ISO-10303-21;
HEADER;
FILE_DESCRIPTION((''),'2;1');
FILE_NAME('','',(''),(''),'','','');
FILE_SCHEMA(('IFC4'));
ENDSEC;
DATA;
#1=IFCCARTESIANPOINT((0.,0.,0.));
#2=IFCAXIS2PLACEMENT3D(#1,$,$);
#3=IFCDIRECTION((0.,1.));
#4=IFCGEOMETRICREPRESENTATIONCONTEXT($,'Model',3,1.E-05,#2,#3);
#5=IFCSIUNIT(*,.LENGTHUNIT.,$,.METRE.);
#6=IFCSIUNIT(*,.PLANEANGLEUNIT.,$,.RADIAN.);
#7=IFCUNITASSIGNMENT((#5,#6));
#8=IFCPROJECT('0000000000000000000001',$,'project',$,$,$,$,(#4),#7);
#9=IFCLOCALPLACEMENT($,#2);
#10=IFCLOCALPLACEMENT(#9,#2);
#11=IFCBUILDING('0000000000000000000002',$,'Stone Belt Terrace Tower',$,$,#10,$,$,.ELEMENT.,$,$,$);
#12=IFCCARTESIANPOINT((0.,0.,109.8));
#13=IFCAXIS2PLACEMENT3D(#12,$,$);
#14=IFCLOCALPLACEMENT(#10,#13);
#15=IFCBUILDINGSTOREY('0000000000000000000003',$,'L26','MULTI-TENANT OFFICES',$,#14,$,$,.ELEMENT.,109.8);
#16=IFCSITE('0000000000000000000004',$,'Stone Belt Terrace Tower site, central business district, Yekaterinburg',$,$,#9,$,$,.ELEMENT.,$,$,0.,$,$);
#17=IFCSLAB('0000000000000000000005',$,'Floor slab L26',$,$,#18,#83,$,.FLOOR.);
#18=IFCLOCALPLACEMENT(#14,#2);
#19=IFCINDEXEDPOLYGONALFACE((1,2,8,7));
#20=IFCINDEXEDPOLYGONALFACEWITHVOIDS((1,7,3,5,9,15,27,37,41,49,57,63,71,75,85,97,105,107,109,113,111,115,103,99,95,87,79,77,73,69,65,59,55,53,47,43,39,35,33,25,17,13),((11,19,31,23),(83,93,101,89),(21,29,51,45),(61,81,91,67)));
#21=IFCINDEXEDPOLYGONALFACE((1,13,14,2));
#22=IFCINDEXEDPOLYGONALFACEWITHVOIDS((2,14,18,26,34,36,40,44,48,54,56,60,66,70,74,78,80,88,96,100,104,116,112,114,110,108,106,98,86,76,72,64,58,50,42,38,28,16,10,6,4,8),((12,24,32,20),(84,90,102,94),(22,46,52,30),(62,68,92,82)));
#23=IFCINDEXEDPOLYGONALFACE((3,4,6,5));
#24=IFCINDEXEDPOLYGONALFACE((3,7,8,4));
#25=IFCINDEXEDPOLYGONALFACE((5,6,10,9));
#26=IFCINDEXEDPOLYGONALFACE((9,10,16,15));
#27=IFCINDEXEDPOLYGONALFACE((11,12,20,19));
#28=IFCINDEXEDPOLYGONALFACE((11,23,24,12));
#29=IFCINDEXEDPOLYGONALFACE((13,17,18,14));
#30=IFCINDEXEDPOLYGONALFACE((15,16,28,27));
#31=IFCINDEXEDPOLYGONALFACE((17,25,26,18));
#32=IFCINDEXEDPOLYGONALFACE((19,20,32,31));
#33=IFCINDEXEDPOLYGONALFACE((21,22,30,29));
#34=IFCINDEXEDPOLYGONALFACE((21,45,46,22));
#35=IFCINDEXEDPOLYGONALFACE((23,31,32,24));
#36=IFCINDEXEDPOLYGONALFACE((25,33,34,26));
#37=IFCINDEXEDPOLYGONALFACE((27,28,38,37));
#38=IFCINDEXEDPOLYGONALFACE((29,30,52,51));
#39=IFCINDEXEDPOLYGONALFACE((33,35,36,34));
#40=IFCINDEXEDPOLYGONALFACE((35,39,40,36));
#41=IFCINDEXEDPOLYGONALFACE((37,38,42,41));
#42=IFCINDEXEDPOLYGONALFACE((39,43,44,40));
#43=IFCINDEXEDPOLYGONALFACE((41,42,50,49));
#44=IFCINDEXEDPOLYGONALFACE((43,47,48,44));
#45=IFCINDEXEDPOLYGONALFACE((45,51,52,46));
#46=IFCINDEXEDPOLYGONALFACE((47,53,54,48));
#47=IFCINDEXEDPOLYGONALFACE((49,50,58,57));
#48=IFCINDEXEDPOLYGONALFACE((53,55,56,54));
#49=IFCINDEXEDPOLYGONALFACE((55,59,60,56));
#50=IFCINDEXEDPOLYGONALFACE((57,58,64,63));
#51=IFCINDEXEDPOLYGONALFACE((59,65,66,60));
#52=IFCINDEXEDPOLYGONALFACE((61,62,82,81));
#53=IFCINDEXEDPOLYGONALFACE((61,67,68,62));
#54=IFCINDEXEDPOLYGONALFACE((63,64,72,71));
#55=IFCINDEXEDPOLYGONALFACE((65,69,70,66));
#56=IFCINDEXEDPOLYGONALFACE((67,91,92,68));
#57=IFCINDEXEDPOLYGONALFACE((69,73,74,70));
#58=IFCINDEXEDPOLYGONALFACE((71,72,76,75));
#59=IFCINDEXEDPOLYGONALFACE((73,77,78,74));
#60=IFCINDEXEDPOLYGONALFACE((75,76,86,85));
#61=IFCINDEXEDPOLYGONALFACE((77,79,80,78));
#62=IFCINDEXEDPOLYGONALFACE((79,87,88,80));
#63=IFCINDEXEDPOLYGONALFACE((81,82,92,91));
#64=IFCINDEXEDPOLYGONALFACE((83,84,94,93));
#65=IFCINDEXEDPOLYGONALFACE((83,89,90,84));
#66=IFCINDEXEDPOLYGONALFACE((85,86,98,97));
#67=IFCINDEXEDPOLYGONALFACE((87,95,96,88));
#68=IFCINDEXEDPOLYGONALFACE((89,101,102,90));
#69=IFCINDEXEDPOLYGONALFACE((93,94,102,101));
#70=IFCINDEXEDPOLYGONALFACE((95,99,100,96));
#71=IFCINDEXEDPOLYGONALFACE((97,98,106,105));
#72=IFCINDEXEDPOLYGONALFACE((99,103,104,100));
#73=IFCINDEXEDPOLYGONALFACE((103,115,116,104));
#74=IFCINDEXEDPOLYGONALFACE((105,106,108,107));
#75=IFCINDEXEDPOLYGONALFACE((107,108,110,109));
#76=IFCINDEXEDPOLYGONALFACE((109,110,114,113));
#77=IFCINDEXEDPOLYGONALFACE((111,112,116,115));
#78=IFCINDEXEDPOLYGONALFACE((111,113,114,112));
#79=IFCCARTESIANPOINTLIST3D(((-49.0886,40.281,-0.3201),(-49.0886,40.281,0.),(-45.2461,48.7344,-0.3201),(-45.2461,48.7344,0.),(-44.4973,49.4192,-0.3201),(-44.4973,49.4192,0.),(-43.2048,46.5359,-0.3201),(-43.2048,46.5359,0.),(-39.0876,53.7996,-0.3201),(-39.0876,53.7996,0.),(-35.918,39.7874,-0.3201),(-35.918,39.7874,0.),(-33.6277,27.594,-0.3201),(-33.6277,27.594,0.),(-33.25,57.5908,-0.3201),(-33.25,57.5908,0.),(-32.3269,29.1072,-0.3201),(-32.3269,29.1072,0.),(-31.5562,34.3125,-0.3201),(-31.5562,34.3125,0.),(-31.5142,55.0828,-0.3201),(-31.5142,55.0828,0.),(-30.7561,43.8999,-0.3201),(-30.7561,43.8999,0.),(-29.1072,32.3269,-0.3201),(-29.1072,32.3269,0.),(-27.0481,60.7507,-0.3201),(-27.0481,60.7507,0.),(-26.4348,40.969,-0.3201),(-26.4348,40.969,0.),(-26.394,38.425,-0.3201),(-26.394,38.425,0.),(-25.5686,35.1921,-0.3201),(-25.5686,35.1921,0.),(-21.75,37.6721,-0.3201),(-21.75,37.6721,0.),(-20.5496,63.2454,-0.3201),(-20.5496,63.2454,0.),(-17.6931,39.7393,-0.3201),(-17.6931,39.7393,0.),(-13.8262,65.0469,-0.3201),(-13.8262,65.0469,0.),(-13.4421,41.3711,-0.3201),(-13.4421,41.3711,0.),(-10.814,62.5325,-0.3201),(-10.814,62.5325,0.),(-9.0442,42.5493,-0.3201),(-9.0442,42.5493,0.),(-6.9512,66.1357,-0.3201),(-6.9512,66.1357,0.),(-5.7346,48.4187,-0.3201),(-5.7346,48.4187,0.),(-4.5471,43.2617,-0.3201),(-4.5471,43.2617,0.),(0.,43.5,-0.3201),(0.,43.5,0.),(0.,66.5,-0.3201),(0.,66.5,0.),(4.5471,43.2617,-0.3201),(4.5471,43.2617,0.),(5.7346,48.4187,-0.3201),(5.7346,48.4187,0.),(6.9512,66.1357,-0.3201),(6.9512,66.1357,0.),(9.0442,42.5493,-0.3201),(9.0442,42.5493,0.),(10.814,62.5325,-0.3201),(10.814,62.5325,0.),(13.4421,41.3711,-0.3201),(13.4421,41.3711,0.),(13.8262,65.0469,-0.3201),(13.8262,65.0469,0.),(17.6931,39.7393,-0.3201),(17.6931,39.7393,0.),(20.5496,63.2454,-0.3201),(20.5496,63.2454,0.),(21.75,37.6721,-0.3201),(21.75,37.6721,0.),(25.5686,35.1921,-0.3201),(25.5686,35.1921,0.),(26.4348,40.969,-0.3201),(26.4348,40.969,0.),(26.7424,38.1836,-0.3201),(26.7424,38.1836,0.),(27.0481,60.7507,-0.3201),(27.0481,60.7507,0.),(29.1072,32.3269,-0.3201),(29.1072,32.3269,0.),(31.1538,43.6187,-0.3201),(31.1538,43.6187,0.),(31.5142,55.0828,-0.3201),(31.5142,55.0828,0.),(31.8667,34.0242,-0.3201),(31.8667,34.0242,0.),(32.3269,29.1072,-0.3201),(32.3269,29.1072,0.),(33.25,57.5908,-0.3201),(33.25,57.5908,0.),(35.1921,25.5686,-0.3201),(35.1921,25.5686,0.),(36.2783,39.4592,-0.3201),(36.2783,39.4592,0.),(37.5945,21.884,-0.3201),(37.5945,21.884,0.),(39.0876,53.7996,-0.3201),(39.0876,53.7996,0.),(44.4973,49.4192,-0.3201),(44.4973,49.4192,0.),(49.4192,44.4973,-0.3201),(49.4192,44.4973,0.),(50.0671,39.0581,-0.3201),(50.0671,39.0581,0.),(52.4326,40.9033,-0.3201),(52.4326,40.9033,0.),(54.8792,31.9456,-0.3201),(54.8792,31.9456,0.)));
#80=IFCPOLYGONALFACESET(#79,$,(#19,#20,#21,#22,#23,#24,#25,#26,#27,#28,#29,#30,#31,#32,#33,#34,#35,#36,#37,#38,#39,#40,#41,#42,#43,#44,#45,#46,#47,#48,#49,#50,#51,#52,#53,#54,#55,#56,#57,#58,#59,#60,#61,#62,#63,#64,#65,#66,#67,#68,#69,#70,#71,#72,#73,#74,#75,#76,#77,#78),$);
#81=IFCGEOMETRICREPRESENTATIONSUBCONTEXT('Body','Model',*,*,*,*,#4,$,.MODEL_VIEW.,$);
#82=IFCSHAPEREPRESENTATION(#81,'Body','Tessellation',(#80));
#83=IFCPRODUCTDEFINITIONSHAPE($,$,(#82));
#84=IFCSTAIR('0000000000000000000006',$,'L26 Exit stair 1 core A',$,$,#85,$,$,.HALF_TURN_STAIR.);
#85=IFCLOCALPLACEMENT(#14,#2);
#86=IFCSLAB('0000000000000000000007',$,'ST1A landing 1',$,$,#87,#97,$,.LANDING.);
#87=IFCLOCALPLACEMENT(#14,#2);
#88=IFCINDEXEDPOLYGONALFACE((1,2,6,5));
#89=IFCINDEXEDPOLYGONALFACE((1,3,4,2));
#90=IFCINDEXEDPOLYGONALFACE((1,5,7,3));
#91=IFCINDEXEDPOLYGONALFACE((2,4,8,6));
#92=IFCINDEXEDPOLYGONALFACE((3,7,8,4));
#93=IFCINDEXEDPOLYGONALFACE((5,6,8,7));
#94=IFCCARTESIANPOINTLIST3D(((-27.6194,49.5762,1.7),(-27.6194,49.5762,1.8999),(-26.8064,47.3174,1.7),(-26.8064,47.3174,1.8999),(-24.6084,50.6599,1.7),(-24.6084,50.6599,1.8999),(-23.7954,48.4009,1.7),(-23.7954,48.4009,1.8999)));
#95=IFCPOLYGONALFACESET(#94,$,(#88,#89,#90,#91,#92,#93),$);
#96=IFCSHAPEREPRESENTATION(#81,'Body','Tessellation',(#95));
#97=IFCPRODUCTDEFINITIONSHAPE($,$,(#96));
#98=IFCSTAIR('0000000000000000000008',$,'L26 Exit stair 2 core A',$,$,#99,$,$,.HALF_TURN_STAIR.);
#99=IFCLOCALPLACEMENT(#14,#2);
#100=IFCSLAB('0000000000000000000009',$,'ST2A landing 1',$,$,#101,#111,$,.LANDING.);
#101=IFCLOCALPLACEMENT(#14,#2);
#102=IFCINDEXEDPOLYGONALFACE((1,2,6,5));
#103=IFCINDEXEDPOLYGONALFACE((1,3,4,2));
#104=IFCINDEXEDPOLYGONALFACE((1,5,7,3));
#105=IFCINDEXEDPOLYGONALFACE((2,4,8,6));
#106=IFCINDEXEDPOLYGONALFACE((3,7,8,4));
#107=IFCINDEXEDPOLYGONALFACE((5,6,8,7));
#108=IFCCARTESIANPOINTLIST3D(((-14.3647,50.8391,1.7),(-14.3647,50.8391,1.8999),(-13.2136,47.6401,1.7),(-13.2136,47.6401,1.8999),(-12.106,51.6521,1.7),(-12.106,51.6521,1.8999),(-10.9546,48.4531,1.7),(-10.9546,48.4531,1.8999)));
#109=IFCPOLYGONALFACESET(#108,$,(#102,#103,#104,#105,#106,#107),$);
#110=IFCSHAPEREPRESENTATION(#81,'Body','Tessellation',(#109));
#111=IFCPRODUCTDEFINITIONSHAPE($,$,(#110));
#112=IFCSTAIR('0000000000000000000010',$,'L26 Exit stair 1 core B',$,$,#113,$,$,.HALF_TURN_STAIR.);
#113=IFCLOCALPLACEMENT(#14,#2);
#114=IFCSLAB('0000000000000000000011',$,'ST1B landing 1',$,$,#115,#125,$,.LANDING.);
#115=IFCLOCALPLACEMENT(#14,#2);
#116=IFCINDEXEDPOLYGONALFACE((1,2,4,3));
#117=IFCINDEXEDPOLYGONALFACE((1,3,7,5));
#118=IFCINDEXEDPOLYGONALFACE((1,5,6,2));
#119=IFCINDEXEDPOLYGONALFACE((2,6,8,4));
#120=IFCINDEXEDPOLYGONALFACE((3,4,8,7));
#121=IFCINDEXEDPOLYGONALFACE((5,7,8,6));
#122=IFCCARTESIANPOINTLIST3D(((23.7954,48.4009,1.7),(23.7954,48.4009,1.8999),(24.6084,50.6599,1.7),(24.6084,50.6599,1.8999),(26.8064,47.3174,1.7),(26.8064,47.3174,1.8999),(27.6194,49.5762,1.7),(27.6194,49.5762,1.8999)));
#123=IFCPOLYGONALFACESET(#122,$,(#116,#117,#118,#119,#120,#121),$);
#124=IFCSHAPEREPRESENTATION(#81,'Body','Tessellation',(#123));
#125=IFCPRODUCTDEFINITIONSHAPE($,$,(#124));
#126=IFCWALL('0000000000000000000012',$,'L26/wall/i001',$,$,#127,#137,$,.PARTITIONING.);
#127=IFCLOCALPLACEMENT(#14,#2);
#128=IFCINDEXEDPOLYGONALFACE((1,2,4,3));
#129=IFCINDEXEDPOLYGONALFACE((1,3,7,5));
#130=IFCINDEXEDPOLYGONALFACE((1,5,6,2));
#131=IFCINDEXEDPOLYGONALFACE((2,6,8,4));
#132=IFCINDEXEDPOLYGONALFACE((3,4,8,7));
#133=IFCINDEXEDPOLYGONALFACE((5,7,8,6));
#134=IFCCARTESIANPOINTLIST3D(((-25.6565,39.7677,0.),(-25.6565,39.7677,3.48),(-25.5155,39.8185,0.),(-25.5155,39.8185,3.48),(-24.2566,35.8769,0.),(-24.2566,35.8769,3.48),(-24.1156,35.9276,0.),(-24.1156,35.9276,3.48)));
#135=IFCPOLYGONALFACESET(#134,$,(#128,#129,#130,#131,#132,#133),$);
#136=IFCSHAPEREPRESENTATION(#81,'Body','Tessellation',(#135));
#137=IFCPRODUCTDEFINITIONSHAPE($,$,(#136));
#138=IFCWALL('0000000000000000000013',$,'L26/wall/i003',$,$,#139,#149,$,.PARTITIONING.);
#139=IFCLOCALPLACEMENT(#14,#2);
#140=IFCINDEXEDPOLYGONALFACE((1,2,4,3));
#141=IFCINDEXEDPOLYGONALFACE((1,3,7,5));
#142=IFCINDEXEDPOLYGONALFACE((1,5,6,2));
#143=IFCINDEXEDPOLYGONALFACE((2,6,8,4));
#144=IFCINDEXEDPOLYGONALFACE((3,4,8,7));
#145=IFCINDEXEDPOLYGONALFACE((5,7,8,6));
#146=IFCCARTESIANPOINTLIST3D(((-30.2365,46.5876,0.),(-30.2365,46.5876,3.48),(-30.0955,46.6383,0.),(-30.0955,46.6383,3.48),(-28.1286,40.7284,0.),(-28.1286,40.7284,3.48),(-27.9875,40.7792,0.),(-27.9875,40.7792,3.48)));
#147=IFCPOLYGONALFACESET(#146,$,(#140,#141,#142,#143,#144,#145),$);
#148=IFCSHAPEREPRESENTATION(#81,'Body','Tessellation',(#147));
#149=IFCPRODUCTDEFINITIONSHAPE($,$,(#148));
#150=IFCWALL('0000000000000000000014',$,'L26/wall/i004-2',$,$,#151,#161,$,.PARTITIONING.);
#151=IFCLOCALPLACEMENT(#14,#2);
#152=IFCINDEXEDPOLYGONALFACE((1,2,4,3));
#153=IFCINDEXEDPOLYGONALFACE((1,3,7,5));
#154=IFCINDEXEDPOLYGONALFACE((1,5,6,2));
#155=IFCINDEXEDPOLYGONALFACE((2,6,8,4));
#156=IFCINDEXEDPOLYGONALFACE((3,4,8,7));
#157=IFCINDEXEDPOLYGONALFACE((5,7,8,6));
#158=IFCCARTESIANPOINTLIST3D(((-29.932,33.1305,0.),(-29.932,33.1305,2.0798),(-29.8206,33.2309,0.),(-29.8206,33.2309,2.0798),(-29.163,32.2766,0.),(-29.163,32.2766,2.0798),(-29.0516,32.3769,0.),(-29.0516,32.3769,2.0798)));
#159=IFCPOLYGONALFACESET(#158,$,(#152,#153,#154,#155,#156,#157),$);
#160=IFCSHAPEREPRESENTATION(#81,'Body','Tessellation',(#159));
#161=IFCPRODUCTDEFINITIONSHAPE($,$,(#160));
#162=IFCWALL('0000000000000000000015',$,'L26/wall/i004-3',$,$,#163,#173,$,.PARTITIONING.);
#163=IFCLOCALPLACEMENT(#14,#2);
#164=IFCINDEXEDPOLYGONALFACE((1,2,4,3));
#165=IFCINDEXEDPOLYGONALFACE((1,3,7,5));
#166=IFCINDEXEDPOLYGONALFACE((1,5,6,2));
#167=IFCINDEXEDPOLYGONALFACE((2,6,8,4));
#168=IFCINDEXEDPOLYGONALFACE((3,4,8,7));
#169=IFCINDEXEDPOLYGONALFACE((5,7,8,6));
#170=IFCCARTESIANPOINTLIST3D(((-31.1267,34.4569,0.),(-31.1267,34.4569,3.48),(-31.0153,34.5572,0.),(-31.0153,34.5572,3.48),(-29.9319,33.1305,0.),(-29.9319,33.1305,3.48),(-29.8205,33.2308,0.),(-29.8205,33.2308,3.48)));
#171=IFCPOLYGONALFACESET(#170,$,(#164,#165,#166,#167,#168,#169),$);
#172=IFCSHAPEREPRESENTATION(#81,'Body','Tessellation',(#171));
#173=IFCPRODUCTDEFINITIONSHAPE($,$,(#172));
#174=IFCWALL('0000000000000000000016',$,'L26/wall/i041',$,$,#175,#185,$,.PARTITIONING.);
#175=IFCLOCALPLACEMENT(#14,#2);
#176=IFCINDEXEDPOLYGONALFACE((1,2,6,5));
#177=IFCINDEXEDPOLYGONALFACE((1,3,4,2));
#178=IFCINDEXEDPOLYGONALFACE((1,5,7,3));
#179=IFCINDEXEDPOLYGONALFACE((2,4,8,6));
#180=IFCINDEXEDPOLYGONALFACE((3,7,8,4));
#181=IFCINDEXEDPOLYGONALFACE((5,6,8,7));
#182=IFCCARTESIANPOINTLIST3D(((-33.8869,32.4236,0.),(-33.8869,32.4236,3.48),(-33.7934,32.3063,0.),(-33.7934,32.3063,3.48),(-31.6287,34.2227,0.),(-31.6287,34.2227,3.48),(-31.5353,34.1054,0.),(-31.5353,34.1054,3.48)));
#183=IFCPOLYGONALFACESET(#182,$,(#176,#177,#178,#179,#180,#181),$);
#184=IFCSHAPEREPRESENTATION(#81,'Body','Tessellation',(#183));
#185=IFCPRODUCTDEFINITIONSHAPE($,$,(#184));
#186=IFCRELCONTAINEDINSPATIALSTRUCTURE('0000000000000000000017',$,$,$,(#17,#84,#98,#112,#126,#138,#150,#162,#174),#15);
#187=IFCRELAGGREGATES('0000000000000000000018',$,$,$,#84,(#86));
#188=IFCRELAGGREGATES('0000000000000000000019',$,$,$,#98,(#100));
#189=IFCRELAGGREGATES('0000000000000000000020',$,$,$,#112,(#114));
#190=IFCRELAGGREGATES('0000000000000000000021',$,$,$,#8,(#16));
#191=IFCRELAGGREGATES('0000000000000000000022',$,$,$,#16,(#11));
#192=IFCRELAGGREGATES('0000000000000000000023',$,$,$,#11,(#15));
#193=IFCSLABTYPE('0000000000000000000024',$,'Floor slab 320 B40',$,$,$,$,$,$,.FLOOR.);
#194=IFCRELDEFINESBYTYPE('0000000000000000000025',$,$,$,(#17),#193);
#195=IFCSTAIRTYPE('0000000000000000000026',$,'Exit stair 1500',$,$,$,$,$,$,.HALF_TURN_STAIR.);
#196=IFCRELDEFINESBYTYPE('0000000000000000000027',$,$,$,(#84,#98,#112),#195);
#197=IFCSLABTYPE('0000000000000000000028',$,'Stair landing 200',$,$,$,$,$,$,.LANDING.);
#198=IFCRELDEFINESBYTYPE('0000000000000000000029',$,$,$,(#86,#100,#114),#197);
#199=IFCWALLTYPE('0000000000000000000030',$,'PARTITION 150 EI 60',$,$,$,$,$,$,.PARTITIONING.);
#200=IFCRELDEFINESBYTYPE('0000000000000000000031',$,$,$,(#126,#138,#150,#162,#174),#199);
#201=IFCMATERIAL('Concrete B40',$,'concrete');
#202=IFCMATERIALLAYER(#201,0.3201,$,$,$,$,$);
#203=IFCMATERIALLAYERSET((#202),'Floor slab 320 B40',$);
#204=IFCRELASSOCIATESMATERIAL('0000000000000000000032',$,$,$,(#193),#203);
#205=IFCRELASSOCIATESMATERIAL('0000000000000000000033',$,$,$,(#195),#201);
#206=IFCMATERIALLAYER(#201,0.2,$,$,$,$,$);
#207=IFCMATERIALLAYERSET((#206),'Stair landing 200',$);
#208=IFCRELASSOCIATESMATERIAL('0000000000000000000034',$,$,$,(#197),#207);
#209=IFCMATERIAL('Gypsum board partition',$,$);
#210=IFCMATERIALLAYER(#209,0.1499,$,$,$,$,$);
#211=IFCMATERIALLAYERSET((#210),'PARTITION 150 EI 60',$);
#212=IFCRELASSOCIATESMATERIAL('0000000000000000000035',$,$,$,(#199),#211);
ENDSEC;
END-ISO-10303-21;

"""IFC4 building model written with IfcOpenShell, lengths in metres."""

from ifc_helpers import new_model, si_unit, direction, frame, frame_2d, origin, place, context, subcontext, project, spatial, polyline, rectangle, outline, extrude, material, layer, layer_set, type_object, element, aggregate, save


model = new_model("IFC4")

# Units and contexts
model_context = context("Model", 3, precision=1e-05, world=origin(), true_north=direction((0.0, 1.0)))
body_context = subcontext(model_context, "Body", "Model", "MODEL_VIEW")
ifc_project = project(units=[si_unit("LENGTHUNIT", "METRE"), si_unit("PLANEANGLEUNIT", "RADIAN")], contexts=[model_context])

# Site, building, storey
site_placement = place(None, origin())
site = spatial("IfcSite", under=ifc_project, at=site_placement, Name="Stone Belt Terrace Tower site, central business district, Yekaterinburg", CompositionType="ELEMENT", RefElevation=0.0)
building_placement = place(site_placement, origin())
building = spatial("IfcBuilding", under=site, at=building_placement, Name="Stone Belt Terrace Tower", CompositionType="ELEMENT")
storey_placement = place(building_placement, frame((0.0, 0.0, 109.8)))
storey = spatial("IfcBuildingStorey", under=building, at=storey_placement, Name="L26", Description="MULTI-TENANT OFFICES", CompositionType="ELEMENT", Elevation=109.8)

# Slab
ifc_material_1 = material(Name="Concrete B40", Category="concrete")
ifc_layer_1 = layer(ifc_material_1, 0.3201)
ifc_layer_set_1 = layer_set([ifc_layer_1], Name="Floor slab 320 B40")
slab_type_1 = type_object("IfcSlabType", Name="Floor slab 320 B40", PredefinedType="FLOOR", material=ifc_layer_set_1)
slab_1_placement = place(storey_placement, frame((0.0, 0.0, -0.3201)))
element("IfcSlab", 1, at=slab_1_placement, inside=storey, type_object=slab_type_1, Name="Floor slab L26", PredefinedType="FLOOR", context=body_context, shape_type="SweptSolid", body=[
    extrude(outline(polyline([(-44.4973, 49.4192), (-39.0876, 53.7996), (-33.25, 57.5908), (-27.0481, 60.7507), (-20.5496, 63.2454), (-13.8262, 65.0469), (-6.9512, 66.1357), (0.0, 66.5), (6.9512, 66.1357), (13.8262, 65.0469), (20.5496, 63.2454), (27.0481, 60.7507), (33.25, 57.5908), (39.0876, 53.7996), (44.4973, 49.4192), (49.4192, 44.4973), (52.4326, 40.9033), (50.0671, 39.0581), (54.8792, 31.9456), (37.5945, 21.884), (35.1921, 25.5686), (32.3269, 29.1072), (29.1072, 32.3269), (25.5686, 35.1921), (21.75, 37.6721), (17.6931, 39.7393), (13.4421, 41.3711), (9.0442, 42.5493), (4.5471, 43.2617), (0.0, 43.5), (-4.5471, 43.2617), (-9.0442, 42.5493), (-13.4421, 41.3711), (-17.6931, 39.7393), (-21.75, 37.6721), (-25.5686, 35.1921), (-29.1072, 32.3269), (-32.3269, 29.1072), (-33.6277, 27.594), (-49.0886, 40.281), (-43.2048, 46.5359), (-45.2461, 48.7344), (-44.4973, 49.4192)]), holes=[polyline([(-26.4348, 40.969), (-5.7346, 48.4187), (-10.814, 62.5325), (-31.5142, 55.0828), (-26.4348, 40.969)]), polyline([(10.814, 62.5325), (5.7346, 48.4187), (26.4348, 40.969), (31.5142, 55.0828), (10.814, 62.5325)]), polyline([(-35.918, 39.7874), (-31.5562, 34.3125), (-26.394, 38.425), (-30.7561, 43.8999), (-35.918, 39.7874)]), polyline([(36.2783, 39.4592), (31.1538, 43.6187), (26.7424, 38.1836), (31.8667, 34.0242), (36.2783, 39.4592)])]), origin(), (0.0, 0.0, 1.0), 0.3201),
])

# Stairs, slabs
stair_type = type_object("IfcStairType", Name="Exit stair 1500", PredefinedType="HALF_TURN_STAIR", material=ifc_material_1)
stair_1_placement = place(storey_placement, origin())
stair_1 = element("IfcStair", 2, at=stair_1_placement, inside=storey, type_object=stair_type, Name="L26 Exit stair 1 core A", PredefinedType="HALF_TURN_STAIR")
ifc_layer_2 = layer(ifc_material_1, 0.2)
ifc_layer_set_2 = layer_set([ifc_layer_2], Name="Stair landing 200")
slab_type_2 = type_object("IfcSlabType", Name="Stair landing 200", PredefinedType="LANDING", material=ifc_layer_set_2)
slab_2_placement = place(storey_placement, frame((0.0, 0.0, 1.7)))
slab_2 = element("IfcSlab", 3, at=slab_2_placement, type_object=slab_type_2, Name="ST1A landing 1", PredefinedType="LANDING", context=body_context, shape_type="SweptSolid", body=[
    extrude(outline(polyline([(-23.7954, 48.4009), (-24.6084, 50.6599), (-27.6194, 49.5762), (-26.8064, 47.3174), (-23.7954, 48.4009)])), origin(), (0.0, 0.0, 1.0), 0.2),
])
aggregate(stair_1, [slab_2])
stair_2_placement = place(storey_placement, origin())
stair_2 = element("IfcStair", 4, at=stair_2_placement, inside=storey, type_object=stair_type, Name="L26 Exit stair 2 core A", PredefinedType="HALF_TURN_STAIR")
slab_3_placement = place(storey_placement, frame((0.0, 0.0, 1.7)))
slab_3 = element("IfcSlab", 5, at=slab_3_placement, type_object=slab_type_2, Name="ST2A landing 1", PredefinedType="LANDING", context=body_context, shape_type="SweptSolid", body=[
    extrude(outline(polyline([(-13.2136, 47.6401), (-10.9546, 48.4531), (-12.106, 51.6521), (-14.3647, 50.8391), (-13.2136, 47.6401)])), origin(), (0.0, 0.0, 1.0), 0.2),
])
aggregate(stair_2, [slab_3])
stair_3_placement = place(storey_placement, origin())
stair_3 = element("IfcStair", 6, at=stair_3_placement, inside=storey, type_object=stair_type, Name="L26 Exit stair 1 core B", PredefinedType="HALF_TURN_STAIR")
slab_4_placement = place(storey_placement, frame((0.0, 0.0, 1.7)))
slab_4 = element("IfcSlab", 7, at=slab_4_placement, type_object=slab_type_2, Name="ST1B landing 1", PredefinedType="LANDING", context=body_context, shape_type="SweptSolid", body=[
    extrude(outline(polyline([(26.8064, 47.3174), (27.6194, 49.5762), (24.6084, 50.6599), (23.7954, 48.4009), (26.8064, 47.3174)])), origin(), (0.0, 0.0, 1.0), 0.2),
])
aggregate(stair_3, [slab_4])

# Walls
ifc_material_2 = material(Name="Gypsum board partition")
ifc_layer_3 = layer(ifc_material_2, 0.1499)
ifc_layer_set_3 = layer_set([ifc_layer_3], Name="PARTITION 150 EI 60")
wall_type_1 = type_object("IfcWallType", Name="PARTITION 150 EI 60", PredefinedType="PARTITIONING", material=ifc_layer_set_3)
wall_1_placement = place(storey_placement, frame((-25.5859, 39.793, 0.0), z_axis=(0.0, 0.0, 1.0), x_axis=(0.338546, -0.94095, 0.0)))
element("IfcWall", 8, at=wall_1_placement, inside=storey, type_object=wall_type_1, Name="L26/wall/i001", PredefinedType="PARTITIONING", context=body_context, shape_type="SweptSolid", body=[
    extrude(rectangle(XDim=4.135, YDim=0.1499, at=frame_2d((2.0674, 0.0))), origin(), (0.0, 0.0, 1.0), 3.48),
])
wall_2_placement = place(storey_placement, frame((-28.0581, 40.7539, 0.0), z_axis=(0.0, 0.0, 1.0), x_axis=(-0.338524, 0.940958, 0.0)))
element("IfcWall", 9, at=wall_2_placement, inside=storey, type_object=wall_type_1, Name="L26/wall/i003", PredefinedType="PARTITIONING", context=body_context, shape_type="SweptSolid", body=[
    extrude(rectangle(XDim=6.2268, YDim=0.1499, at=frame_2d((3.1133, 0.0))), origin(), (0.0, 0.0, 1.0), 3.48),
])
wall_3_placement = place(storey_placement, frame((-29.1072, 32.3267, 0.0), z_axis=(0.0, 0.0, 1.0), x_axis=(-0.669176, 0.743104, 0.0)))
element("IfcWall", 10, at=wall_3_placement, inside=storey, type_object=wall_type_1, Name="L26/wall/i004-2", PredefinedType="PARTITIONING", context=body_context, shape_type="SweptSolid", body=[
    extrude(rectangle(XDim=1.1492, YDim=0.1499, at=frame_2d((0.5747, 0.0))), origin(), (0.0, 0.0, 1.0), 2.0798),
])
wall_4_placement = place(storey_placement, frame((-29.8762, 33.1807, 0.0), z_axis=(0.0, 0.0, 1.0), x_axis=(-0.66929, 0.743002, 0.0)))
element("IfcWall", 11, at=wall_4_placement, inside=storey, type_object=wall_type_1, Name="L26/wall/i004-3", PredefinedType="PARTITIONING", context=body_context, shape_type="SweptSolid", body=[
    extrude(rectangle(XDim=1.7852, YDim=0.1499, at=frame_2d((0.8926, 0.0))), origin(), (0.0, 0.0, 1.0), 3.48),
])
wall_5_placement = place(storey_placement, frame((-31.582, 34.1641, 0.0), z_axis=(0.0, 0.0, 1.0), x_axis=(-0.782113, -0.623137, 0.0)))
element("IfcWall", 12, at=wall_5_placement, inside=storey, type_object=wall_type_1, Name="L26/wall/i041", PredefinedType="PARTITIONING", context=body_context, shape_type="SweptSolid", body=[
    extrude(rectangle(XDim=2.8872, YDim=0.1499, at=frame_2d((1.4436, 0.0))), origin(), (0.0, 0.0, 1.0), 3.48),
])

save(model, "model.ifc")
